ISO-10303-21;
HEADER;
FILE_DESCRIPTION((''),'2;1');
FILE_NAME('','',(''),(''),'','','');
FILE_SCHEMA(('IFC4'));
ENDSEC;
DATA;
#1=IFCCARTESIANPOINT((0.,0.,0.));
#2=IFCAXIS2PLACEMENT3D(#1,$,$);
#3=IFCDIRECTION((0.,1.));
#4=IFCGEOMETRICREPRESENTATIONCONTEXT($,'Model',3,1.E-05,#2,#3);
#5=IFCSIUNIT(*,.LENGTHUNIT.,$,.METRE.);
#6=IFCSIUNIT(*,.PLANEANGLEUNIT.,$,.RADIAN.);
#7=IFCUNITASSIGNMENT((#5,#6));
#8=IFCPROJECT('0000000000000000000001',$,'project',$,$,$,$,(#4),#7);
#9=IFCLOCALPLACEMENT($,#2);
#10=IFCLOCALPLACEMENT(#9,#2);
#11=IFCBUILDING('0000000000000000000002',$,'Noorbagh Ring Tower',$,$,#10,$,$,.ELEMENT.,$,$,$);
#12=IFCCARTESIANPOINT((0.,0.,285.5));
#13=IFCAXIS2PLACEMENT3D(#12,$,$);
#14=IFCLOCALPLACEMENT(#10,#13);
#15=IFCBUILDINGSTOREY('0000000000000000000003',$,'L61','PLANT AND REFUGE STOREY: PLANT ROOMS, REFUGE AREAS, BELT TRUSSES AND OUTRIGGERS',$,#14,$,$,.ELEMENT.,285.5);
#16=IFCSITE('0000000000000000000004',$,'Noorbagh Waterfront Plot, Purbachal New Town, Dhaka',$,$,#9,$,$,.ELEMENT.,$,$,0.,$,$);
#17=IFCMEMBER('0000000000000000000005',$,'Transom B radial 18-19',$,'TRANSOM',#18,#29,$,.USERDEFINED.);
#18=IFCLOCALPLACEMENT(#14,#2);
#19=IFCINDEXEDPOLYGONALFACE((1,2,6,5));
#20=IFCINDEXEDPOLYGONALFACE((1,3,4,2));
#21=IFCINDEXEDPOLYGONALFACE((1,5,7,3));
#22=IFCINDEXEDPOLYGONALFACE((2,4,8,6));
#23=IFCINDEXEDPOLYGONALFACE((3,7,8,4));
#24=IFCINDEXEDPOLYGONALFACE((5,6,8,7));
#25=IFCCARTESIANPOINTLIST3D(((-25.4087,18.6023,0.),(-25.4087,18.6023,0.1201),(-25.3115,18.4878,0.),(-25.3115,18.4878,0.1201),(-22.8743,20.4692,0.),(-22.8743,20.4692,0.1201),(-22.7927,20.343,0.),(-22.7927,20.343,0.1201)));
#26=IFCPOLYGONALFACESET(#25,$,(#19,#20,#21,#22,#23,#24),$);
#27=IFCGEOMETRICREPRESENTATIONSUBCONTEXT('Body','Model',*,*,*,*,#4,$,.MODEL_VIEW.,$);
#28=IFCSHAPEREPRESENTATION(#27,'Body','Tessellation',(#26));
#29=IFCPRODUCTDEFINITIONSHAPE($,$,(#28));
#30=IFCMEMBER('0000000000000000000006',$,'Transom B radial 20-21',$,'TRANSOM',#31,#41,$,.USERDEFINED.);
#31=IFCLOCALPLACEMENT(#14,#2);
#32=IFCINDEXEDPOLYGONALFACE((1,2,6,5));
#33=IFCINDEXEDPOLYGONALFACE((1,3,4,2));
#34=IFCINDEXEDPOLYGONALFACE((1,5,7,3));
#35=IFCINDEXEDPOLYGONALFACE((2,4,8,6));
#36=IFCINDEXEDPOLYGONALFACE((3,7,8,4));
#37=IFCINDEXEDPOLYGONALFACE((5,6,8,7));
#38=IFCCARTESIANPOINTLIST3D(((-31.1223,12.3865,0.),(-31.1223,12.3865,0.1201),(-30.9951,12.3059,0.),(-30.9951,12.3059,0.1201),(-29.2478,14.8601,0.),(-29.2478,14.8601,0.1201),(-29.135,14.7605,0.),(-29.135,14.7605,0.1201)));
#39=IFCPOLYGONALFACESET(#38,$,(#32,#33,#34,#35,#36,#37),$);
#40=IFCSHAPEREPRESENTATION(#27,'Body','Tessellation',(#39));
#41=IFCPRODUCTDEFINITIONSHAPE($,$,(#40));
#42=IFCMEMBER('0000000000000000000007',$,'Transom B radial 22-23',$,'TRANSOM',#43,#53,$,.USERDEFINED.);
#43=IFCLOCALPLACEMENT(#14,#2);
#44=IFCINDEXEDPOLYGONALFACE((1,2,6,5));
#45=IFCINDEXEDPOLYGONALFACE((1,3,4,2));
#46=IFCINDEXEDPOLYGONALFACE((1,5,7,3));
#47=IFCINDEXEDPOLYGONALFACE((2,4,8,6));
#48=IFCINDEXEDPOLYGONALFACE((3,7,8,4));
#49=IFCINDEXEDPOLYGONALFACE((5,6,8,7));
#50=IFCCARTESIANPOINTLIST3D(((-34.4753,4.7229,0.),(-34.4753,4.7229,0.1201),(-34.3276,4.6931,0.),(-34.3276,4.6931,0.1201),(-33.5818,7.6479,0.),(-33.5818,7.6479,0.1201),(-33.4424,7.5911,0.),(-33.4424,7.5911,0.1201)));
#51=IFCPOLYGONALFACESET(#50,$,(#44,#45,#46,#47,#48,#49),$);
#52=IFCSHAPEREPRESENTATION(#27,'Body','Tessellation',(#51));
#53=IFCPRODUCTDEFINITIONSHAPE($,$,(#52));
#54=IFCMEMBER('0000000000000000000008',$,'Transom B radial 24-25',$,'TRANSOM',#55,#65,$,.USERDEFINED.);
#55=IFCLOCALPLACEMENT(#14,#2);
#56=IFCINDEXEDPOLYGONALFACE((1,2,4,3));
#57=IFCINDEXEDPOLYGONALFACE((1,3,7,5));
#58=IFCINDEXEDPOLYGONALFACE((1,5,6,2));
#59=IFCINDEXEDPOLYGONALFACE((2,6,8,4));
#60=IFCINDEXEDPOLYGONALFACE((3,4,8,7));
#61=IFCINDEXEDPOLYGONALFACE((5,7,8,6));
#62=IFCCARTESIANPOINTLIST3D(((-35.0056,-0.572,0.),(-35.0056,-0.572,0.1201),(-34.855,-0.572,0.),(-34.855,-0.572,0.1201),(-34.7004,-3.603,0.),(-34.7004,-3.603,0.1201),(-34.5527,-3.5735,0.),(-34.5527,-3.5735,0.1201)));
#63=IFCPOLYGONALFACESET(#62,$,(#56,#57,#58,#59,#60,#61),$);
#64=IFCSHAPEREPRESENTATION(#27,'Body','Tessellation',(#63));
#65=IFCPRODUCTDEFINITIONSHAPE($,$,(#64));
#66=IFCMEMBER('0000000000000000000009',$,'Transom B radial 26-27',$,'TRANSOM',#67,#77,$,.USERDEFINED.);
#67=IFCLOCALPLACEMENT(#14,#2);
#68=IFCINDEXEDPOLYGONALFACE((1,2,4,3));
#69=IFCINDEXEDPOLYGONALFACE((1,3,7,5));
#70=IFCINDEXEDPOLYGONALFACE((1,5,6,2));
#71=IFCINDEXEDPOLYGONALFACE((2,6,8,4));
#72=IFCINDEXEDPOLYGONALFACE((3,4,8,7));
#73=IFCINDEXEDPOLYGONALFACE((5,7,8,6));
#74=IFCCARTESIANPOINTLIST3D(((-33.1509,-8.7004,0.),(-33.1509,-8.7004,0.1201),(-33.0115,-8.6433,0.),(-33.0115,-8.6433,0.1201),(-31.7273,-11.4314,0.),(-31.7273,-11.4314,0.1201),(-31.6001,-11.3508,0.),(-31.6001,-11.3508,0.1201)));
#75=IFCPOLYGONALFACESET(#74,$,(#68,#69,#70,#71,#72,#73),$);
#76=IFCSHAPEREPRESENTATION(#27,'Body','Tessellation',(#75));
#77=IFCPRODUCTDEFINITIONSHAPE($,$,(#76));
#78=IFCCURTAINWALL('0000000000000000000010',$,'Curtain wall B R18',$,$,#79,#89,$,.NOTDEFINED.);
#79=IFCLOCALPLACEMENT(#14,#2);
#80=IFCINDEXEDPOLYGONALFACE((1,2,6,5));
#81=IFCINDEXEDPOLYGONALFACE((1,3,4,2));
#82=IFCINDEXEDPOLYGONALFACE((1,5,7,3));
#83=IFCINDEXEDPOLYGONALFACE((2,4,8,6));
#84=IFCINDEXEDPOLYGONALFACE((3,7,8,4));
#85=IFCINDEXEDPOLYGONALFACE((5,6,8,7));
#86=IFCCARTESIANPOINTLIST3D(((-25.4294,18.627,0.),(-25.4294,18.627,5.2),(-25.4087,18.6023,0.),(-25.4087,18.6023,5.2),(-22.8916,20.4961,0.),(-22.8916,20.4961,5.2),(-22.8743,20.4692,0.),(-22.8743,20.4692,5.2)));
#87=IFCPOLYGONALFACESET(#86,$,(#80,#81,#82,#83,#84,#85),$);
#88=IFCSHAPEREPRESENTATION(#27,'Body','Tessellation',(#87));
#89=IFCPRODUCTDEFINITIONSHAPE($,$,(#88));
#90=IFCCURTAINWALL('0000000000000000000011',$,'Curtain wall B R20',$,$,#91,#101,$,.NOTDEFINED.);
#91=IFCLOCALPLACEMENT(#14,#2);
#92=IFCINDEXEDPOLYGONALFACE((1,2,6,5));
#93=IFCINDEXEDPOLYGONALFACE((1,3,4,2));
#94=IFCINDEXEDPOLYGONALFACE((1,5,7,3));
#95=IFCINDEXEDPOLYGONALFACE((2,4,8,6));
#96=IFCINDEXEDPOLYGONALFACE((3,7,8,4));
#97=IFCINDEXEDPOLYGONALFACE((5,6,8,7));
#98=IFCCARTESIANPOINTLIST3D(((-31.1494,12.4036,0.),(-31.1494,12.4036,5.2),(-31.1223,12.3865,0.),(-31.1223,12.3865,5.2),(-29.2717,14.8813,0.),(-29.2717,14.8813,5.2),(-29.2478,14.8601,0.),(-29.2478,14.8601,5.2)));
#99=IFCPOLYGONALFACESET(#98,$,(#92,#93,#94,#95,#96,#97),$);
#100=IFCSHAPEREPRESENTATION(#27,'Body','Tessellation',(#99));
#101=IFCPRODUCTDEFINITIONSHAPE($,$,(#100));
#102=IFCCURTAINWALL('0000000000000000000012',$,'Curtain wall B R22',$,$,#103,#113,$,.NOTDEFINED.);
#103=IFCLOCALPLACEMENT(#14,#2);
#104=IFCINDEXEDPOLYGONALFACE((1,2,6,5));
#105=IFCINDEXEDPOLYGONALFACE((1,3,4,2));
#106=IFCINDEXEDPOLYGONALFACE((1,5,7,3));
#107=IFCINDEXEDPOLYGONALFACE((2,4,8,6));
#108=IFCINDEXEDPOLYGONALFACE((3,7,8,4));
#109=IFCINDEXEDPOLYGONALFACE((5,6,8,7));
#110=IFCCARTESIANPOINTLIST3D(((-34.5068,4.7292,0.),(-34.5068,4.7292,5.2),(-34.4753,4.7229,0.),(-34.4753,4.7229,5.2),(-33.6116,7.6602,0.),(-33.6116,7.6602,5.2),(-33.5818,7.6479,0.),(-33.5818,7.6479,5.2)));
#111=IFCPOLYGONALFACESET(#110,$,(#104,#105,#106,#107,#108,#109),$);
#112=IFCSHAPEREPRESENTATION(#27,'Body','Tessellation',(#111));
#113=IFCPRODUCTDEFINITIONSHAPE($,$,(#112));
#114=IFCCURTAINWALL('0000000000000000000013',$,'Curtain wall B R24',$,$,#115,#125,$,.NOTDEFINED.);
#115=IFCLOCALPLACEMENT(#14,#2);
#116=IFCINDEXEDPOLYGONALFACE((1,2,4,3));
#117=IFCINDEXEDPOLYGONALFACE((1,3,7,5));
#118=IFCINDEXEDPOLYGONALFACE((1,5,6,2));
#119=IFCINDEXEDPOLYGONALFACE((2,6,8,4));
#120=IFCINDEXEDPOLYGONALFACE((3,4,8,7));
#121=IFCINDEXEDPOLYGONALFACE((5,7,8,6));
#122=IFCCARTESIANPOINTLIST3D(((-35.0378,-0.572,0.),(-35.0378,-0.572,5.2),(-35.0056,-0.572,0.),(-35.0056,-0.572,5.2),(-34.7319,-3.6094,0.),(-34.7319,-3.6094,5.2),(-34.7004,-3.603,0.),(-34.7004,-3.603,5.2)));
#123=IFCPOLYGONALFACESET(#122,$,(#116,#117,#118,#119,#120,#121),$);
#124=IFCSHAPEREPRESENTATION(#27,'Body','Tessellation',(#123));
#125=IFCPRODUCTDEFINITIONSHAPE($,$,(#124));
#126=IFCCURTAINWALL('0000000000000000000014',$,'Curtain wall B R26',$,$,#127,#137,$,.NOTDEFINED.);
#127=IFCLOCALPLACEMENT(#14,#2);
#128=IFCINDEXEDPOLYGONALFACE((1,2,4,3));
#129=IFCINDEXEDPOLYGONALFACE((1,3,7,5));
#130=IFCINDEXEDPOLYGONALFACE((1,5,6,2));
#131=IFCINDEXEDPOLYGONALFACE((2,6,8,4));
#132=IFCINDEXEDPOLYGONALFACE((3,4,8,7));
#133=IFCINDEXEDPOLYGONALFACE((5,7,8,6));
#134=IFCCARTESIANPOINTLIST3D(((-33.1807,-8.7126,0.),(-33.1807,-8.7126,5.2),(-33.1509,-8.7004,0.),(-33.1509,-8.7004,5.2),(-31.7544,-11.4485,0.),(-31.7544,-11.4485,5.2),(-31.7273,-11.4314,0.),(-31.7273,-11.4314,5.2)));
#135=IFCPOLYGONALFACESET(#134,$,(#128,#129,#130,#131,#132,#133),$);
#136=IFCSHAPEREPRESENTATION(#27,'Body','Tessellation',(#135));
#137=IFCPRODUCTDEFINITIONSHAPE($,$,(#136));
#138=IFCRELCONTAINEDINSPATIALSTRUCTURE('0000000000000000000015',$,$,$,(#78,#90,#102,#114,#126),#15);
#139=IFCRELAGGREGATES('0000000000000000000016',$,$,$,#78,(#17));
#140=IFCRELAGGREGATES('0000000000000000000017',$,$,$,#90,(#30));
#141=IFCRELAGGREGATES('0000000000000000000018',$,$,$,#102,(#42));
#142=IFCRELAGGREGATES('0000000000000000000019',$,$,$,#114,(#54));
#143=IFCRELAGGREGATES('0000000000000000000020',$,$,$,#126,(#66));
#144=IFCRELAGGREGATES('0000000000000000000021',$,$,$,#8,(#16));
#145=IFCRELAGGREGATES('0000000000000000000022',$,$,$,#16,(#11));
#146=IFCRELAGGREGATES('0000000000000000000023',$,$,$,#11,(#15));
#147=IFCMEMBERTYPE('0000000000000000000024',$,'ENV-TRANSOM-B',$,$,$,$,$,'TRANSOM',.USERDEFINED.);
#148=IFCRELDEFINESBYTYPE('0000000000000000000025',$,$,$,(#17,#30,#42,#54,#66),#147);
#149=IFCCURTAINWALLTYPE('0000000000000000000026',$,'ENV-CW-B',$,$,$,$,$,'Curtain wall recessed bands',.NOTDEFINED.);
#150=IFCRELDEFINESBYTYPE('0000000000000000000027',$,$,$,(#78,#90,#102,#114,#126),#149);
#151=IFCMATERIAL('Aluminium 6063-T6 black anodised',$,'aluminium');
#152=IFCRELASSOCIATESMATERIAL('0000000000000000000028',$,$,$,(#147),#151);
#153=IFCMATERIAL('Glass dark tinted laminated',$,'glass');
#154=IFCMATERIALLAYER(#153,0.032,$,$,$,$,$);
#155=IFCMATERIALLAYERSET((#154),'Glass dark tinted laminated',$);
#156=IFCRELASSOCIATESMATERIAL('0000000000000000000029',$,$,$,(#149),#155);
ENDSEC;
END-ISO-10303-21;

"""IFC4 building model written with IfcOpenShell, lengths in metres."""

from ifc_helpers import new_model, si_unit, direction, frame, origin, place, context, subcontext, project, spatial, polyline, outline, extrude, material, layer, layer_set, type_object, element, aggregate, save


model = new_model("IFC4")

# Units and contexts
model_context = context("Model", 3, precision=1e-05, world=origin(), true_north=direction((0.0, 1.0)))
body_context = subcontext(model_context, "Body", "Model", "MODEL_VIEW")
ifc_project = project(units=[si_unit("LENGTHUNIT", "METRE"), si_unit("PLANEANGLEUNIT", "RADIAN")], contexts=[model_context])

# Site, building, storey
site_placement = place(None, origin())
site = spatial("IfcSite", under=ifc_project, at=site_placement, Name="Noorbagh Waterfront Plot, Purbachal New Town, Dhaka", CompositionType="ELEMENT", RefElevation=0.0)
building_placement = place(site_placement, origin())
building = spatial("IfcBuilding", under=site, at=building_placement, Name="Noorbagh Ring Tower", CompositionType="ELEMENT")
storey_placement = place(building_placement, frame((0.0, 0.0, 285.5)))
storey = spatial("IfcBuildingStorey", under=building, at=storey_placement, Name="L61", Description="PLANT AND REFUGE STOREY: PLANT ROOMS, REFUGE AREAS, BELT TRUSSES AND OUTRIGGERS", CompositionType="ELEMENT", Elevation=285.5)

# Members
ifc_material_1 = material(Name="Aluminium 6063-T6 black anodised", Category="aluminium")
member_type_1 = type_object("IfcMemberType", Name="ENV-TRANSOM-B", ElementType="TRANSOM", PredefinedType="USERDEFINED", material=ifc_material_1)
member_1_placement = place(storey_placement, origin())
member_1 = element("IfcMember", 1, at=member_1_placement, type_object=member_type_1, Name="Transom B radial 18-19", ObjectType="TRANSOM", PredefinedType="USERDEFINED", context=body_context, shape_type="SweptSolid", body=[
    extrude(outline(polyline([(-22.8743, 20.4692), (-25.4087, 18.6023), (-25.3115, 18.4878), (-22.7927, 20.343), (-22.8743, 20.4692)])), origin(), (0.0, 0.0, 1.0), 0.1201),
])
member_2_placement = place(storey_placement, origin())
member_2 = element("IfcMember", 2, at=member_2_placement, type_object=member_type_1, Name="Transom B radial 20-21", ObjectType="TRANSOM", PredefinedType="USERDEFINED", context=body_context, shape_type="SweptSolid", body=[
    extrude(outline(polyline([(-29.2478, 14.8601), (-31.1223, 12.3865), (-30.9951, 12.3059), (-29.135, 14.7605), (-29.2478, 14.8601)])), origin(), (0.0, 0.0, 1.0), 0.1201),
])
member_3_placement = place(storey_placement, origin())
member_3 = element("IfcMember", 3, at=member_3_placement, type_object=member_type_1, Name="Transom B radial 22-23", ObjectType="TRANSOM", PredefinedType="USERDEFINED", context=body_context, shape_type="SweptSolid", body=[
    extrude(outline(polyline([(-33.5818, 7.6479), (-34.4753, 4.7229), (-34.3276, 4.6931), (-33.4424, 7.5911), (-33.5818, 7.6479)])), origin(), (0.0, 0.0, 1.0), 0.1201),
])
member_4_placement = place(storey_placement, origin())
member_4 = element("IfcMember", 4, at=member_4_placement, type_object=member_type_1, Name="Transom B radial 24-25", ObjectType="TRANSOM", PredefinedType="USERDEFINED", context=body_context, shape_type="SweptSolid", body=[
    extrude(outline(polyline([(-35.0056, -0.572), (-34.7004, -3.603), (-34.5527, -3.5735), (-34.855, -0.572), (-35.0056, -0.572)])), origin(), (0.0, 0.0, 1.0), 0.1201),
])
member_5_placement = place(storey_placement, origin())
member_5 = element("IfcMember", 5, at=member_5_placement, type_object=member_type_1, Name="Transom B radial 26-27", ObjectType="TRANSOM", PredefinedType="USERDEFINED", context=body_context, shape_type="SweptSolid", body=[
    extrude(outline(polyline([(-33.1509, -8.7004), (-31.7273, -11.4314), (-31.6001, -11.3508), (-33.0115, -8.6433), (-33.1509, -8.7004)])), origin(), (0.0, 0.0, 1.0), 0.1201),
])

# Curtain walls
ifc_material_2 = material(Name="Glass dark tinted laminated", Category="glass")
ifc_layer = layer(ifc_material_2, 0.032)
ifc_layer_set = layer_set([ifc_layer], Name="Glass dark tinted laminated")
curtain_wall_type = type_object("IfcCurtainWallType", Name="ENV-CW-B", ElementType="Curtain wall recessed bands", PredefinedType="NOTDEFINED", material=ifc_layer_set)
curtain_wall_1_placement = place(storey_placement, origin())
curtain_wall_1 = element("IfcCurtainWall", 6, at=curtain_wall_1_placement, inside=storey, type_object=curtain_wall_type, Name="Curtain wall B R18", PredefinedType="NOTDEFINED", context=body_context, shape_type="SweptSolid", body=[
    extrude(outline(polyline([(-22.8916, 20.4961), (-25.4294, 18.627), (-25.4087, 18.6023), (-22.8743, 20.4692), (-22.8916, 20.4961)])), origin(), (0.0, 0.0, 1.0), 5.2),
])
aggregate(curtain_wall_1, [member_1])
curtain_wall_2_placement = place(storey_placement, origin())
curtain_wall_2 = element("IfcCurtainWall", 7, at=curtain_wall_2_placement, inside=storey, type_object=curtain_wall_type, Name="Curtain wall B R20", PredefinedType="NOTDEFINED", context=body_context, shape_type="SweptSolid", body=[
    extrude(outline(polyline([(-29.2717, 14.8813), (-31.1494, 12.4036), (-31.1223, 12.3865), (-29.2478, 14.8601), (-29.2717, 14.8813)])), origin(), (0.0, 0.0, 1.0), 5.2),
])
aggregate(curtain_wall_2, [member_2])
curtain_wall_3_placement = place(storey_placement, origin())
curtain_wall_3 = element("IfcCurtainWall", 8, at=curtain_wall_3_placement, inside=storey, type_object=curtain_wall_type, Name="Curtain wall B R22", PredefinedType="NOTDEFINED", context=body_context, shape_type="SweptSolid", body=[
    extrude(outline(polyline([(-33.6116, 7.6602), (-34.5068, 4.7292), (-34.4753, 4.7229), (-33.5818, 7.6479), (-33.6116, 7.6602)])), origin(), (0.0, 0.0, 1.0), 5.2),
])
aggregate(curtain_wall_3, [member_3])
curtain_wall_4_placement = place(storey_placement, origin())
curtain_wall_4 = element("IfcCurtainWall", 9, at=curtain_wall_4_placement, inside=storey, type_object=curtain_wall_type, Name="Curtain wall B R24", PredefinedType="NOTDEFINED", context=body_context, shape_type="SweptSolid", body=[
    extrude(outline(polyline([(-35.0378, -0.572), (-34.7319, -3.6094), (-34.7004, -3.603), (-35.0056, -0.572), (-35.0378, -0.572)])), origin(), (0.0, 0.0, 1.0), 5.2),
])
aggregate(curtain_wall_4, [member_4])
curtain_wall_5_placement = place(storey_placement, origin())
curtain_wall_5 = element("IfcCurtainWall", 10, at=curtain_wall_5_placement, inside=storey, type_object=curtain_wall_type, Name="Curtain wall B R26", PredefinedType="NOTDEFINED", context=body_context, shape_type="SweptSolid", body=[
    extrude(outline(polyline([(-33.1807, -8.7126), (-31.7544, -11.4485), (-31.7273, -11.4314), (-33.1509, -8.7004), (-33.1807, -8.7126)])), origin(), (0.0, 0.0, 1.0), 5.2),
])
aggregate(curtain_wall_5, [member_5])

save(model, "model.ifc")
